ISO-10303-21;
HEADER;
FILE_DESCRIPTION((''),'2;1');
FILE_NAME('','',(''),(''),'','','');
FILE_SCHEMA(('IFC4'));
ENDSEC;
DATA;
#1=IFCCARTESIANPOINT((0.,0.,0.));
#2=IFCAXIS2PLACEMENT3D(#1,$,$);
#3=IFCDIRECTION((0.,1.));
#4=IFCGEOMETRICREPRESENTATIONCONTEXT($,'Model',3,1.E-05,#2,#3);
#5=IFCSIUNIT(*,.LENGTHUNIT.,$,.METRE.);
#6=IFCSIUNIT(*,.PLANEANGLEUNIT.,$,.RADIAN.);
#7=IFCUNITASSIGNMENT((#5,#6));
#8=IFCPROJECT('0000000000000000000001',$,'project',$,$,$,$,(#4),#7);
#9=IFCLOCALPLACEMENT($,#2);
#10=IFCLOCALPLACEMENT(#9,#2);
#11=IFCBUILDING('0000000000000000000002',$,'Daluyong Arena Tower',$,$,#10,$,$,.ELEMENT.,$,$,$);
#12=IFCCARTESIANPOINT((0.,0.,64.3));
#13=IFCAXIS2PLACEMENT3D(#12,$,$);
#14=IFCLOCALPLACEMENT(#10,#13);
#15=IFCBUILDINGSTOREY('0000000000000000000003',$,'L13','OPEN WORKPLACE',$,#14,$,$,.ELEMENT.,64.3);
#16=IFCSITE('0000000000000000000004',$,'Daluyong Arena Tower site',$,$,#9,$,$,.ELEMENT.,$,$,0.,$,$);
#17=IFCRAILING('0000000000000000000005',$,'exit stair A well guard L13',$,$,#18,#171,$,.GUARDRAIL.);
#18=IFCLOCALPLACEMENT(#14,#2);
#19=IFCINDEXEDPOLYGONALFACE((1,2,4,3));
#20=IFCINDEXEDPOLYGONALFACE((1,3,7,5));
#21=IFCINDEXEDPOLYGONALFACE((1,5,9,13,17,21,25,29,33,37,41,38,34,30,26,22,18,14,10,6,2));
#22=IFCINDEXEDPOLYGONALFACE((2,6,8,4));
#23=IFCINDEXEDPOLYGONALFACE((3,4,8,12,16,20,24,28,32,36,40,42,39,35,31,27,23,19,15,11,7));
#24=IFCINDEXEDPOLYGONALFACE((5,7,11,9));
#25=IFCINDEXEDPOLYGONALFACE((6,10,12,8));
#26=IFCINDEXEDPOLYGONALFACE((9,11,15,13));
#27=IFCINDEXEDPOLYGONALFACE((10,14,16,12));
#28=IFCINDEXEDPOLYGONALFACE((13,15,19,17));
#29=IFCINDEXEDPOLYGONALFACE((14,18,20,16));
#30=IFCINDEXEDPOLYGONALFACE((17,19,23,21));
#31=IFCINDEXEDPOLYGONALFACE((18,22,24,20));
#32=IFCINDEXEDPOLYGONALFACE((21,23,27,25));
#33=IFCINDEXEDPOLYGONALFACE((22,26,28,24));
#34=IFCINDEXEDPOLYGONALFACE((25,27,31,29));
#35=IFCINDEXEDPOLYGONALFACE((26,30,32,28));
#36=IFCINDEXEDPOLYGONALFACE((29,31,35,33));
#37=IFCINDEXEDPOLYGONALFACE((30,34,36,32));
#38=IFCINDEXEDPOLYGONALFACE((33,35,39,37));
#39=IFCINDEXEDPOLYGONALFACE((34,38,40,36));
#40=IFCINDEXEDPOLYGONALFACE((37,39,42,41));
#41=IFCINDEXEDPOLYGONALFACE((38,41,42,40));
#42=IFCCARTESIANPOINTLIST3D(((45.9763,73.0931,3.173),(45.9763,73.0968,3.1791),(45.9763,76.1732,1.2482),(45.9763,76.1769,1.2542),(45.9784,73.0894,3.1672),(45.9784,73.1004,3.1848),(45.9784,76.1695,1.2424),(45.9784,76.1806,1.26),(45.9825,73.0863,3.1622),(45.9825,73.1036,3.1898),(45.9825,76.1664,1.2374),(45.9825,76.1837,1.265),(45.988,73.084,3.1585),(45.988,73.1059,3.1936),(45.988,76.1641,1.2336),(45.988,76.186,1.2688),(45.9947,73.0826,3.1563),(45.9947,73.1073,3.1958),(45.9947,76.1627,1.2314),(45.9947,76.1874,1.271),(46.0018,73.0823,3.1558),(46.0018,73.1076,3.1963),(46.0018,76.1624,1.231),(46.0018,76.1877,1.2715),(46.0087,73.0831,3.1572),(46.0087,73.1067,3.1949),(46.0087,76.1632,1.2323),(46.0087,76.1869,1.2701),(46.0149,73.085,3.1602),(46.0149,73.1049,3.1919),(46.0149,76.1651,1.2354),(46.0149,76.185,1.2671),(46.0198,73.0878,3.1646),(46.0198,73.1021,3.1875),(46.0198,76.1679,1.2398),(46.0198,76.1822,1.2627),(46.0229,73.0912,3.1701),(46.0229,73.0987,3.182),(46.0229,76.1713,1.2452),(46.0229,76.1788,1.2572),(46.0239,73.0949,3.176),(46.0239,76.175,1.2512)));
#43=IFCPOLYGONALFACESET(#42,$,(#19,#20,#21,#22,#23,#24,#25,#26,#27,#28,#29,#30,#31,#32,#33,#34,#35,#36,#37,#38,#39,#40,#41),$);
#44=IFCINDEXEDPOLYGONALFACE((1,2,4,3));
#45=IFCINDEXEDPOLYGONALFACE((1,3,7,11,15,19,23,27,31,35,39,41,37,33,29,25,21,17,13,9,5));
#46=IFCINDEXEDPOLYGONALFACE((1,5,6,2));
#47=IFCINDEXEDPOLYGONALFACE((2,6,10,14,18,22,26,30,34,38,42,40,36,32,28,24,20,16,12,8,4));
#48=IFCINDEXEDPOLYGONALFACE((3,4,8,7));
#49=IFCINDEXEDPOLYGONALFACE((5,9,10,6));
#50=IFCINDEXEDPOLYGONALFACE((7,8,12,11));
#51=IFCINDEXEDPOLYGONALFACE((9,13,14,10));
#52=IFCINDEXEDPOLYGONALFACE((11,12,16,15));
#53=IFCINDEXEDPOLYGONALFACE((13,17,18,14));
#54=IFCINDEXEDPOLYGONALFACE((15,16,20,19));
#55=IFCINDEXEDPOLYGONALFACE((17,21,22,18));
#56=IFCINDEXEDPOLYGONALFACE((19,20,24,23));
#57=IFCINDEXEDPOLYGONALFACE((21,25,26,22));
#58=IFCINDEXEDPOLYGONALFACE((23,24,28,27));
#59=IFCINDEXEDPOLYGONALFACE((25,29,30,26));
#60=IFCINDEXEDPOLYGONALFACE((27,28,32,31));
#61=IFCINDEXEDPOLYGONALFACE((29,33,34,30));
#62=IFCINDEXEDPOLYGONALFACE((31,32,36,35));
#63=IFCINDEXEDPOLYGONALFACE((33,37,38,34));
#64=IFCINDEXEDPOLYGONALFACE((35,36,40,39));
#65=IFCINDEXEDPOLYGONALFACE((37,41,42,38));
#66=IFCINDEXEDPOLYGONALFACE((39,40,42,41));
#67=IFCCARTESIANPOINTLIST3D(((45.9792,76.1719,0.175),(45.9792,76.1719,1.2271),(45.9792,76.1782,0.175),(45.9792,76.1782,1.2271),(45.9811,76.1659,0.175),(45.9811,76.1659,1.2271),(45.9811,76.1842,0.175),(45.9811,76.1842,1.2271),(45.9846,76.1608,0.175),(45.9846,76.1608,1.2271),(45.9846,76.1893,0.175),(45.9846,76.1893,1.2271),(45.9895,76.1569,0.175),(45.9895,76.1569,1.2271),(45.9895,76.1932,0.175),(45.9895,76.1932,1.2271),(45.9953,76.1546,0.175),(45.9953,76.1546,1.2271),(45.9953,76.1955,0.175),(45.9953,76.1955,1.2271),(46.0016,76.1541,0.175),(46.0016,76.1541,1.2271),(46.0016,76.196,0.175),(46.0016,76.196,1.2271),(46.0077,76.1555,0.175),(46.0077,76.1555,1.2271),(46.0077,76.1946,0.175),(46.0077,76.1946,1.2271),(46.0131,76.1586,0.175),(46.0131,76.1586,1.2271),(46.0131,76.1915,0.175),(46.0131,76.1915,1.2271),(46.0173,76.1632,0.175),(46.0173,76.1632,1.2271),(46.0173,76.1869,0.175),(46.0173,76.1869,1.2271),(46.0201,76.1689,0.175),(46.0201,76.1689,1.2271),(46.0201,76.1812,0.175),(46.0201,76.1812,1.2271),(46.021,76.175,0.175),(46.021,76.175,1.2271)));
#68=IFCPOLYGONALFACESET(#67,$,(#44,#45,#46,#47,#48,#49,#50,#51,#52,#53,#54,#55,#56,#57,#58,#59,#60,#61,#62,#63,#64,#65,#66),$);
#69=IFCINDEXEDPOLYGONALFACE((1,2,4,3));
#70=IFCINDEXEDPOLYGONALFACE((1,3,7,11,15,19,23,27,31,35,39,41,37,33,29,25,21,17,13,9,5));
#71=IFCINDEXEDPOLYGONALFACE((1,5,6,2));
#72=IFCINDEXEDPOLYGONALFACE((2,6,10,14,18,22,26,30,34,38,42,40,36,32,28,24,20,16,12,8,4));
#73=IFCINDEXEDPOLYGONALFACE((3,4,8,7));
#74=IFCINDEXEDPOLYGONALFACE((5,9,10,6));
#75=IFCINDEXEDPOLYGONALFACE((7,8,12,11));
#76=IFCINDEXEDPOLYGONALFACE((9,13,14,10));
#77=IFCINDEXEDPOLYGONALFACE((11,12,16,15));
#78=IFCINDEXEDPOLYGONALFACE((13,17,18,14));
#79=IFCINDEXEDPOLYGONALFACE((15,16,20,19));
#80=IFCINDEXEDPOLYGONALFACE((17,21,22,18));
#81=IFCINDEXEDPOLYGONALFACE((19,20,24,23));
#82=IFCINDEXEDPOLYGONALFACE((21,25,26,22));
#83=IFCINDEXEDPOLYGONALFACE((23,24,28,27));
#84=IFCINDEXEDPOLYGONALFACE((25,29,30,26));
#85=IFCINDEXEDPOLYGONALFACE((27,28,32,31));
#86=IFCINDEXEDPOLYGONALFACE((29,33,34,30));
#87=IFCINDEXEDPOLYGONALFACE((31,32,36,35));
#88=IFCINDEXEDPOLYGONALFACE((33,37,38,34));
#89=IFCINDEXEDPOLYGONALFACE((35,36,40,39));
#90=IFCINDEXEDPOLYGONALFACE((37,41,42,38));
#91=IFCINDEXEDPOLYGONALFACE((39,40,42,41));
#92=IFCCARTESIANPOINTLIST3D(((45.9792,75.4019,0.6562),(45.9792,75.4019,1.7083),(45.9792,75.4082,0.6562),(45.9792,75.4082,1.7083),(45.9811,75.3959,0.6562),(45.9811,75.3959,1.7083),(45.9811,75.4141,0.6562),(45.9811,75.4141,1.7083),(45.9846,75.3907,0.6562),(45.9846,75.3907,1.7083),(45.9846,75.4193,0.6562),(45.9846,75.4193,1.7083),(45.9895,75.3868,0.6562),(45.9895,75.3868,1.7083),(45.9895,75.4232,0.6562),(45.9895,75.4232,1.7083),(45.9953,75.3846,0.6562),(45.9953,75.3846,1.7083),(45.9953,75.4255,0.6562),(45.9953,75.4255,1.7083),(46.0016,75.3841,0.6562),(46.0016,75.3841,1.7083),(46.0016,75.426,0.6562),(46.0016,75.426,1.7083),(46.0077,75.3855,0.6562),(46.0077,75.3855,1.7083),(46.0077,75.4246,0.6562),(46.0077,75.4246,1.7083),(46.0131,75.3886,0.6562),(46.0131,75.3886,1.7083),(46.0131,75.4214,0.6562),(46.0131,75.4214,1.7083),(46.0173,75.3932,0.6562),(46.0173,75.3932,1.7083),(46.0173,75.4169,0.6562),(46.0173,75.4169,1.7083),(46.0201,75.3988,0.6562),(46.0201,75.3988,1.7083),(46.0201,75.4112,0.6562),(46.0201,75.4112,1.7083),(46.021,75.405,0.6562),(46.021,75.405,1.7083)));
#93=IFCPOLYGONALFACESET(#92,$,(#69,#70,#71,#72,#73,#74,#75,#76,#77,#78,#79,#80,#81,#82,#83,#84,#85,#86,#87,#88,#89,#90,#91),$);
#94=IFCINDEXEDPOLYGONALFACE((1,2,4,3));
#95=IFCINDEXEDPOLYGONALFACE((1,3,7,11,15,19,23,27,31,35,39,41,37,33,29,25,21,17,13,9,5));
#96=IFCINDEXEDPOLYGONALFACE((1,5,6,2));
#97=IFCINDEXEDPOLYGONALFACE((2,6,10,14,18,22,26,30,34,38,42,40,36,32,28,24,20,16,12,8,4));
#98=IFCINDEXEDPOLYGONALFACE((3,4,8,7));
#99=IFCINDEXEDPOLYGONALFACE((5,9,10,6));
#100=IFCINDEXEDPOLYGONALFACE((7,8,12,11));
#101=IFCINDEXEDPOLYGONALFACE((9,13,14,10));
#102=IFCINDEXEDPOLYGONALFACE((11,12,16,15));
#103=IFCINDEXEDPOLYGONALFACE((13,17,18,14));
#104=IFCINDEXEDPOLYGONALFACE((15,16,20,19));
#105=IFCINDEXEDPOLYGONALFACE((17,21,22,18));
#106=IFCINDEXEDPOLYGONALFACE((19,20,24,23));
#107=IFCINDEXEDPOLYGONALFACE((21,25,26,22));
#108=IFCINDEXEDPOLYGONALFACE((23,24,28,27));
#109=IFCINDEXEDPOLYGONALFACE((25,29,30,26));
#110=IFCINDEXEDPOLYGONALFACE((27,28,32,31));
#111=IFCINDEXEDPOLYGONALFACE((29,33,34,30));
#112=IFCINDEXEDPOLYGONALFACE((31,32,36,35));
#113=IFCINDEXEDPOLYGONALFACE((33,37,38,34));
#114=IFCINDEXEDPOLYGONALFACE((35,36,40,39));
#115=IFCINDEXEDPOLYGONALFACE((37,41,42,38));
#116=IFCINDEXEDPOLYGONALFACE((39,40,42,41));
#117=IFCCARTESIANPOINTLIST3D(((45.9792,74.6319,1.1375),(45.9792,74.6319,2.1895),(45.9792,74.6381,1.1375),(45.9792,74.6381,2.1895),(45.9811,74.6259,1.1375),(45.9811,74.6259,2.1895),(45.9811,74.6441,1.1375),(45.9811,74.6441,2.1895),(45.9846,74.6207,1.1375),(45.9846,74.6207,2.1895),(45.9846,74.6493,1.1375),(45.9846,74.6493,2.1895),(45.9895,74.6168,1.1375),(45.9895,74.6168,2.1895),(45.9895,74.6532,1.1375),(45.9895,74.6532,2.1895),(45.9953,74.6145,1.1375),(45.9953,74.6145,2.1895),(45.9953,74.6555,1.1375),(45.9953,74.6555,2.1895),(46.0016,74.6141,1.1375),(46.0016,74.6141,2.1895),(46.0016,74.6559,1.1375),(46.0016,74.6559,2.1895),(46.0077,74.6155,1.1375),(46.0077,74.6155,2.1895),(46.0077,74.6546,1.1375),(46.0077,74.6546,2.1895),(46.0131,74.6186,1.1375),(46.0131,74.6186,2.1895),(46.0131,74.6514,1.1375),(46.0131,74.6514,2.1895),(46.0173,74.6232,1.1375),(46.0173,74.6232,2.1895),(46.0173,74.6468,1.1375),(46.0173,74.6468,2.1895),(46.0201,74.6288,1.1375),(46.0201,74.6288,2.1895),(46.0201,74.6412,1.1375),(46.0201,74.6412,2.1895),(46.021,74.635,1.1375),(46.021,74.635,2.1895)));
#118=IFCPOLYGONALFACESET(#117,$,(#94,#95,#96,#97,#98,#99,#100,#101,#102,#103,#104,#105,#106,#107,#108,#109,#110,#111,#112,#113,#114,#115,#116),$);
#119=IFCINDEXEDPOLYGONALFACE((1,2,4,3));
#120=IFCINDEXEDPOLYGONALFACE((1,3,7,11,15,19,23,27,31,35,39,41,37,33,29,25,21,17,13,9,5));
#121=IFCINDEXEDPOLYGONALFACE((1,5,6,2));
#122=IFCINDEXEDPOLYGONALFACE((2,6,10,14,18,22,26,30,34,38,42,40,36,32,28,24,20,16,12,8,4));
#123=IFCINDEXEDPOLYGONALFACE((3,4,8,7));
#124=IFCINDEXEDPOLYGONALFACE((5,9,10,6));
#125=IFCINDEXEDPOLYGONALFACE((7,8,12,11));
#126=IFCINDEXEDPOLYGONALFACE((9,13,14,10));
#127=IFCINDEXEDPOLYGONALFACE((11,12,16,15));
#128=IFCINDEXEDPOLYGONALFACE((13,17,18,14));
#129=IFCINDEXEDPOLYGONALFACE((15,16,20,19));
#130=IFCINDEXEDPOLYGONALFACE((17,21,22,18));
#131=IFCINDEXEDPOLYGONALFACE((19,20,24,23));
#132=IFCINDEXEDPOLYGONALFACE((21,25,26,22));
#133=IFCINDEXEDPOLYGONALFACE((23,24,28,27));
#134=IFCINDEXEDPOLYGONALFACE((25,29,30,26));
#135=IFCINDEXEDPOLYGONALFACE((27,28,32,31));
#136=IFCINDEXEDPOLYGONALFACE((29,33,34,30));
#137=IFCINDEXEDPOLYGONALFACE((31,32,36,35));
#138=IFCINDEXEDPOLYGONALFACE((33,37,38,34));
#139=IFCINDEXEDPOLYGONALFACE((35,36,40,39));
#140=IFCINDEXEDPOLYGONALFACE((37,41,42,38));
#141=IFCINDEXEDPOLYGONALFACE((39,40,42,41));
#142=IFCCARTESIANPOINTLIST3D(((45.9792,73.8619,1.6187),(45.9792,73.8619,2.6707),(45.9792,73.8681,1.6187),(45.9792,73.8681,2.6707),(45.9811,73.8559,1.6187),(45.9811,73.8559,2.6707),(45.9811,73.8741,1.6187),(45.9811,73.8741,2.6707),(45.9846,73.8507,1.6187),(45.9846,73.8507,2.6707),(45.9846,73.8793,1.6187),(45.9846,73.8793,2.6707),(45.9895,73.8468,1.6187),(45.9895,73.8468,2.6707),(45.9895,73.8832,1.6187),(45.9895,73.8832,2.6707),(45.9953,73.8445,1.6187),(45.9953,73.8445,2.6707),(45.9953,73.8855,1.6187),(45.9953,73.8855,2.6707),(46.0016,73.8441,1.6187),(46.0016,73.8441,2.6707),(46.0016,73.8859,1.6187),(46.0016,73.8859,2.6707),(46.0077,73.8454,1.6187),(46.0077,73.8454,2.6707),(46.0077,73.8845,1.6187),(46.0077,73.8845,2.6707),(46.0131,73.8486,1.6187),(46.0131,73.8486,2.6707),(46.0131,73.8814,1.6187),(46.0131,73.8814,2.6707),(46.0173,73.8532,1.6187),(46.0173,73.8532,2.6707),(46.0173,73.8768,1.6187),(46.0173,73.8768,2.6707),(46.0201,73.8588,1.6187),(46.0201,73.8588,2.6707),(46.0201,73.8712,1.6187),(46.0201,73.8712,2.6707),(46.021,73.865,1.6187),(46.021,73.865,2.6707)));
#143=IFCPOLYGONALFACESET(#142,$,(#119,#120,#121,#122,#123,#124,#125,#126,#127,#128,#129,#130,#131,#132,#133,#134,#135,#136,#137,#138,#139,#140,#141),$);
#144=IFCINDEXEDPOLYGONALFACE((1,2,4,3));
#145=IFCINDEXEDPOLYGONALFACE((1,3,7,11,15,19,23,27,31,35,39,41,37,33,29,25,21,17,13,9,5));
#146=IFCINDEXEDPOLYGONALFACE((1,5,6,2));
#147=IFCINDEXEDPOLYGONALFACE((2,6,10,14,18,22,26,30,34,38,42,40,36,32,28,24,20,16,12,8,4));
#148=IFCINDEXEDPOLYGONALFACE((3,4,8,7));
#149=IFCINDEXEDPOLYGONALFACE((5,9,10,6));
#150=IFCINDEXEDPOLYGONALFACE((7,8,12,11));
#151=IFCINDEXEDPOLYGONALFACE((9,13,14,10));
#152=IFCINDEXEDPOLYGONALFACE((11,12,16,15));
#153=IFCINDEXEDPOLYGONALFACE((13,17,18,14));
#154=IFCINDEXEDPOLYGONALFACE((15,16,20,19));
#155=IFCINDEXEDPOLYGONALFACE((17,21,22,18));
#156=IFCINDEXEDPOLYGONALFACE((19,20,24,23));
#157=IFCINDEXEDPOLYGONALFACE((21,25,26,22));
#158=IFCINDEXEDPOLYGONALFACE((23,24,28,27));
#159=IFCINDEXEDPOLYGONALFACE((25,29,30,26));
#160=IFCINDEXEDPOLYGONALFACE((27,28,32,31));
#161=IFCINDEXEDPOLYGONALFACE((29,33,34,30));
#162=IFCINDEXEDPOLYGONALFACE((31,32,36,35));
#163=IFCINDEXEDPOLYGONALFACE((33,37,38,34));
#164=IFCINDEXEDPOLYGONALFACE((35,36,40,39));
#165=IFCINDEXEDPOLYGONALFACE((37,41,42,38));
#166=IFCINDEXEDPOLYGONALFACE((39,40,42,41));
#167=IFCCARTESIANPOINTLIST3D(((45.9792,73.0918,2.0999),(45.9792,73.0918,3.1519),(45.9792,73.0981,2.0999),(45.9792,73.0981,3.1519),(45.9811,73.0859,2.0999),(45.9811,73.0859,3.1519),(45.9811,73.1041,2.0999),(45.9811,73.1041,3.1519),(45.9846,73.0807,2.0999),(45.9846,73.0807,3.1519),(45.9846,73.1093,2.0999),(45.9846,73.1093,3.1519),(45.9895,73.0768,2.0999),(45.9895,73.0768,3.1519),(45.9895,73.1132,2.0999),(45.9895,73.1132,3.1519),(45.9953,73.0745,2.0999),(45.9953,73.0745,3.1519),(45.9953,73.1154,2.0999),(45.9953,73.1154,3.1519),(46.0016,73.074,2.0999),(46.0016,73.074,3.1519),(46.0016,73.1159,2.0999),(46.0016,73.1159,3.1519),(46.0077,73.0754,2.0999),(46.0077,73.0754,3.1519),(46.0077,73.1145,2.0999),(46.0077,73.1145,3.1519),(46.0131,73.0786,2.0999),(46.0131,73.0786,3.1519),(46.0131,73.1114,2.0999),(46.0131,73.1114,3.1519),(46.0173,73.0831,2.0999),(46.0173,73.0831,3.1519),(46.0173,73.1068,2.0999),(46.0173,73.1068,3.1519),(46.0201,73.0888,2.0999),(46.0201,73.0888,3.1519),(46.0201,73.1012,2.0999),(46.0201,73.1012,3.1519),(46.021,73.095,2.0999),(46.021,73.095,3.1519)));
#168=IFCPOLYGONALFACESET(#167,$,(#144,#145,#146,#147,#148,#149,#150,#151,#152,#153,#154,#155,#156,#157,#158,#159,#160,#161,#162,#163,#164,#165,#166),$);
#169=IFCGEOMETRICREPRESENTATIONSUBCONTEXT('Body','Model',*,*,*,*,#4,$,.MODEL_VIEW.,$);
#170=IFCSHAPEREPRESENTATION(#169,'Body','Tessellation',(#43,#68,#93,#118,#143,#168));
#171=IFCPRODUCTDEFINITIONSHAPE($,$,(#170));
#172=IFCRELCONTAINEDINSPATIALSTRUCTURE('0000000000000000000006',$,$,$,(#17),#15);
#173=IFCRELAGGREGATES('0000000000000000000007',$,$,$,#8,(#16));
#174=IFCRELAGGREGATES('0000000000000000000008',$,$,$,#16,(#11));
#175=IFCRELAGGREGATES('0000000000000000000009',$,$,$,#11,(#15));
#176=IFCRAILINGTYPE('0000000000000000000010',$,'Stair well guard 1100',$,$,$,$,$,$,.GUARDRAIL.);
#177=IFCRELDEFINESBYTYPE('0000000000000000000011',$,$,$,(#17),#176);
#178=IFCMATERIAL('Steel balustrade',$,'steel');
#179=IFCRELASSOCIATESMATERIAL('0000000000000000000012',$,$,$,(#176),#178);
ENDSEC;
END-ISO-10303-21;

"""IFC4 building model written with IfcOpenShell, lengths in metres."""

from ifc_helpers import new_model, si_unit, direction, frame, origin, origin_2d, place, context, subcontext, project, spatial, circle, extrude, material, type_object, element, save


model = new_model("IFC4")

# Units and contexts
model_context = context("Model", 3, precision=1e-05, world=origin(), true_north=direction((0.0, 1.0)))
body_context = subcontext(model_context, "Body", "Model", "MODEL_VIEW")
ifc_project = project(units=[si_unit("LENGTHUNIT", "METRE"), si_unit("PLANEANGLEUNIT", "RADIAN")], contexts=[model_context])

# Site, building, storey
site_placement = place(None, origin())
site = spatial("IfcSite", under=ifc_project, at=site_placement, Name="Daluyong Arena Tower site", CompositionType="ELEMENT", RefElevation=0.0)
building_placement = place(site_placement, origin())
building = spatial("IfcBuilding", under=site, at=building_placement, Name="Daluyong Arena Tower", CompositionType="ELEMENT")
storey_placement = place(building_placement, frame((0.0, 0.0, 64.3)))
storey = spatial("IfcBuildingStorey", under=building, at=storey_placement, Name="L13", Description="OPEN WORKPLACE", CompositionType="ELEMENT", Elevation=64.3)

# Railing
ifc_material_1 = material(Name="Steel balustrade", Category="steel")
railing_type_1 = type_object("IfcRailingType", Name="Stair well guard 1100", PredefinedType="GUARDRAIL", material=ifc_material_1)
railing_1_placement = place(storey_placement, frame((46.0, 76.175, 0.175)))
element("IfcRailing", 1, at=railing_1_placement, inside=storey, type_object=railing_type_1, Name="exit stair A well guard L13", PredefinedType="GUARDRAIL", context=body_context, shape_type="SweptSolid", body=[
    extrude(circle(Radius=0.0239, at=origin_2d()), frame((0.0, 0.0, 1.0762), z_axis=(0.0, -0.848029, 0.529951), x_axis=(1.0, 0.0, 0.0)), (0.0, 0.0, 1.0), 3.6321),
    extrude(circle(Radius=0.021, at=origin_2d()), origin(), (0.0, 0.0, 1.0), 1.052),
    extrude(circle(Radius=0.021, at=origin_2d()), frame((0.0, -0.77, 0.4812)), (0.0, 0.0, 1.0), 1.052),
    extrude(circle(Radius=0.021, at=origin_2d()), frame((0.0, -1.54, 0.9624)), (0.0, 0.0, 1.0), 1.052),
    extrude(circle(Radius=0.021, at=origin_2d()), frame((0.0, -2.3101, 1.4436)), (0.0, 0.0, 1.0), 1.052),
    extrude(circle(Radius=0.021, at=origin_2d()), frame((0.0, -3.0801, 1.9248)), (0.0, 0.0, 1.0), 1.052),
])

save(model, "model.ifc")
